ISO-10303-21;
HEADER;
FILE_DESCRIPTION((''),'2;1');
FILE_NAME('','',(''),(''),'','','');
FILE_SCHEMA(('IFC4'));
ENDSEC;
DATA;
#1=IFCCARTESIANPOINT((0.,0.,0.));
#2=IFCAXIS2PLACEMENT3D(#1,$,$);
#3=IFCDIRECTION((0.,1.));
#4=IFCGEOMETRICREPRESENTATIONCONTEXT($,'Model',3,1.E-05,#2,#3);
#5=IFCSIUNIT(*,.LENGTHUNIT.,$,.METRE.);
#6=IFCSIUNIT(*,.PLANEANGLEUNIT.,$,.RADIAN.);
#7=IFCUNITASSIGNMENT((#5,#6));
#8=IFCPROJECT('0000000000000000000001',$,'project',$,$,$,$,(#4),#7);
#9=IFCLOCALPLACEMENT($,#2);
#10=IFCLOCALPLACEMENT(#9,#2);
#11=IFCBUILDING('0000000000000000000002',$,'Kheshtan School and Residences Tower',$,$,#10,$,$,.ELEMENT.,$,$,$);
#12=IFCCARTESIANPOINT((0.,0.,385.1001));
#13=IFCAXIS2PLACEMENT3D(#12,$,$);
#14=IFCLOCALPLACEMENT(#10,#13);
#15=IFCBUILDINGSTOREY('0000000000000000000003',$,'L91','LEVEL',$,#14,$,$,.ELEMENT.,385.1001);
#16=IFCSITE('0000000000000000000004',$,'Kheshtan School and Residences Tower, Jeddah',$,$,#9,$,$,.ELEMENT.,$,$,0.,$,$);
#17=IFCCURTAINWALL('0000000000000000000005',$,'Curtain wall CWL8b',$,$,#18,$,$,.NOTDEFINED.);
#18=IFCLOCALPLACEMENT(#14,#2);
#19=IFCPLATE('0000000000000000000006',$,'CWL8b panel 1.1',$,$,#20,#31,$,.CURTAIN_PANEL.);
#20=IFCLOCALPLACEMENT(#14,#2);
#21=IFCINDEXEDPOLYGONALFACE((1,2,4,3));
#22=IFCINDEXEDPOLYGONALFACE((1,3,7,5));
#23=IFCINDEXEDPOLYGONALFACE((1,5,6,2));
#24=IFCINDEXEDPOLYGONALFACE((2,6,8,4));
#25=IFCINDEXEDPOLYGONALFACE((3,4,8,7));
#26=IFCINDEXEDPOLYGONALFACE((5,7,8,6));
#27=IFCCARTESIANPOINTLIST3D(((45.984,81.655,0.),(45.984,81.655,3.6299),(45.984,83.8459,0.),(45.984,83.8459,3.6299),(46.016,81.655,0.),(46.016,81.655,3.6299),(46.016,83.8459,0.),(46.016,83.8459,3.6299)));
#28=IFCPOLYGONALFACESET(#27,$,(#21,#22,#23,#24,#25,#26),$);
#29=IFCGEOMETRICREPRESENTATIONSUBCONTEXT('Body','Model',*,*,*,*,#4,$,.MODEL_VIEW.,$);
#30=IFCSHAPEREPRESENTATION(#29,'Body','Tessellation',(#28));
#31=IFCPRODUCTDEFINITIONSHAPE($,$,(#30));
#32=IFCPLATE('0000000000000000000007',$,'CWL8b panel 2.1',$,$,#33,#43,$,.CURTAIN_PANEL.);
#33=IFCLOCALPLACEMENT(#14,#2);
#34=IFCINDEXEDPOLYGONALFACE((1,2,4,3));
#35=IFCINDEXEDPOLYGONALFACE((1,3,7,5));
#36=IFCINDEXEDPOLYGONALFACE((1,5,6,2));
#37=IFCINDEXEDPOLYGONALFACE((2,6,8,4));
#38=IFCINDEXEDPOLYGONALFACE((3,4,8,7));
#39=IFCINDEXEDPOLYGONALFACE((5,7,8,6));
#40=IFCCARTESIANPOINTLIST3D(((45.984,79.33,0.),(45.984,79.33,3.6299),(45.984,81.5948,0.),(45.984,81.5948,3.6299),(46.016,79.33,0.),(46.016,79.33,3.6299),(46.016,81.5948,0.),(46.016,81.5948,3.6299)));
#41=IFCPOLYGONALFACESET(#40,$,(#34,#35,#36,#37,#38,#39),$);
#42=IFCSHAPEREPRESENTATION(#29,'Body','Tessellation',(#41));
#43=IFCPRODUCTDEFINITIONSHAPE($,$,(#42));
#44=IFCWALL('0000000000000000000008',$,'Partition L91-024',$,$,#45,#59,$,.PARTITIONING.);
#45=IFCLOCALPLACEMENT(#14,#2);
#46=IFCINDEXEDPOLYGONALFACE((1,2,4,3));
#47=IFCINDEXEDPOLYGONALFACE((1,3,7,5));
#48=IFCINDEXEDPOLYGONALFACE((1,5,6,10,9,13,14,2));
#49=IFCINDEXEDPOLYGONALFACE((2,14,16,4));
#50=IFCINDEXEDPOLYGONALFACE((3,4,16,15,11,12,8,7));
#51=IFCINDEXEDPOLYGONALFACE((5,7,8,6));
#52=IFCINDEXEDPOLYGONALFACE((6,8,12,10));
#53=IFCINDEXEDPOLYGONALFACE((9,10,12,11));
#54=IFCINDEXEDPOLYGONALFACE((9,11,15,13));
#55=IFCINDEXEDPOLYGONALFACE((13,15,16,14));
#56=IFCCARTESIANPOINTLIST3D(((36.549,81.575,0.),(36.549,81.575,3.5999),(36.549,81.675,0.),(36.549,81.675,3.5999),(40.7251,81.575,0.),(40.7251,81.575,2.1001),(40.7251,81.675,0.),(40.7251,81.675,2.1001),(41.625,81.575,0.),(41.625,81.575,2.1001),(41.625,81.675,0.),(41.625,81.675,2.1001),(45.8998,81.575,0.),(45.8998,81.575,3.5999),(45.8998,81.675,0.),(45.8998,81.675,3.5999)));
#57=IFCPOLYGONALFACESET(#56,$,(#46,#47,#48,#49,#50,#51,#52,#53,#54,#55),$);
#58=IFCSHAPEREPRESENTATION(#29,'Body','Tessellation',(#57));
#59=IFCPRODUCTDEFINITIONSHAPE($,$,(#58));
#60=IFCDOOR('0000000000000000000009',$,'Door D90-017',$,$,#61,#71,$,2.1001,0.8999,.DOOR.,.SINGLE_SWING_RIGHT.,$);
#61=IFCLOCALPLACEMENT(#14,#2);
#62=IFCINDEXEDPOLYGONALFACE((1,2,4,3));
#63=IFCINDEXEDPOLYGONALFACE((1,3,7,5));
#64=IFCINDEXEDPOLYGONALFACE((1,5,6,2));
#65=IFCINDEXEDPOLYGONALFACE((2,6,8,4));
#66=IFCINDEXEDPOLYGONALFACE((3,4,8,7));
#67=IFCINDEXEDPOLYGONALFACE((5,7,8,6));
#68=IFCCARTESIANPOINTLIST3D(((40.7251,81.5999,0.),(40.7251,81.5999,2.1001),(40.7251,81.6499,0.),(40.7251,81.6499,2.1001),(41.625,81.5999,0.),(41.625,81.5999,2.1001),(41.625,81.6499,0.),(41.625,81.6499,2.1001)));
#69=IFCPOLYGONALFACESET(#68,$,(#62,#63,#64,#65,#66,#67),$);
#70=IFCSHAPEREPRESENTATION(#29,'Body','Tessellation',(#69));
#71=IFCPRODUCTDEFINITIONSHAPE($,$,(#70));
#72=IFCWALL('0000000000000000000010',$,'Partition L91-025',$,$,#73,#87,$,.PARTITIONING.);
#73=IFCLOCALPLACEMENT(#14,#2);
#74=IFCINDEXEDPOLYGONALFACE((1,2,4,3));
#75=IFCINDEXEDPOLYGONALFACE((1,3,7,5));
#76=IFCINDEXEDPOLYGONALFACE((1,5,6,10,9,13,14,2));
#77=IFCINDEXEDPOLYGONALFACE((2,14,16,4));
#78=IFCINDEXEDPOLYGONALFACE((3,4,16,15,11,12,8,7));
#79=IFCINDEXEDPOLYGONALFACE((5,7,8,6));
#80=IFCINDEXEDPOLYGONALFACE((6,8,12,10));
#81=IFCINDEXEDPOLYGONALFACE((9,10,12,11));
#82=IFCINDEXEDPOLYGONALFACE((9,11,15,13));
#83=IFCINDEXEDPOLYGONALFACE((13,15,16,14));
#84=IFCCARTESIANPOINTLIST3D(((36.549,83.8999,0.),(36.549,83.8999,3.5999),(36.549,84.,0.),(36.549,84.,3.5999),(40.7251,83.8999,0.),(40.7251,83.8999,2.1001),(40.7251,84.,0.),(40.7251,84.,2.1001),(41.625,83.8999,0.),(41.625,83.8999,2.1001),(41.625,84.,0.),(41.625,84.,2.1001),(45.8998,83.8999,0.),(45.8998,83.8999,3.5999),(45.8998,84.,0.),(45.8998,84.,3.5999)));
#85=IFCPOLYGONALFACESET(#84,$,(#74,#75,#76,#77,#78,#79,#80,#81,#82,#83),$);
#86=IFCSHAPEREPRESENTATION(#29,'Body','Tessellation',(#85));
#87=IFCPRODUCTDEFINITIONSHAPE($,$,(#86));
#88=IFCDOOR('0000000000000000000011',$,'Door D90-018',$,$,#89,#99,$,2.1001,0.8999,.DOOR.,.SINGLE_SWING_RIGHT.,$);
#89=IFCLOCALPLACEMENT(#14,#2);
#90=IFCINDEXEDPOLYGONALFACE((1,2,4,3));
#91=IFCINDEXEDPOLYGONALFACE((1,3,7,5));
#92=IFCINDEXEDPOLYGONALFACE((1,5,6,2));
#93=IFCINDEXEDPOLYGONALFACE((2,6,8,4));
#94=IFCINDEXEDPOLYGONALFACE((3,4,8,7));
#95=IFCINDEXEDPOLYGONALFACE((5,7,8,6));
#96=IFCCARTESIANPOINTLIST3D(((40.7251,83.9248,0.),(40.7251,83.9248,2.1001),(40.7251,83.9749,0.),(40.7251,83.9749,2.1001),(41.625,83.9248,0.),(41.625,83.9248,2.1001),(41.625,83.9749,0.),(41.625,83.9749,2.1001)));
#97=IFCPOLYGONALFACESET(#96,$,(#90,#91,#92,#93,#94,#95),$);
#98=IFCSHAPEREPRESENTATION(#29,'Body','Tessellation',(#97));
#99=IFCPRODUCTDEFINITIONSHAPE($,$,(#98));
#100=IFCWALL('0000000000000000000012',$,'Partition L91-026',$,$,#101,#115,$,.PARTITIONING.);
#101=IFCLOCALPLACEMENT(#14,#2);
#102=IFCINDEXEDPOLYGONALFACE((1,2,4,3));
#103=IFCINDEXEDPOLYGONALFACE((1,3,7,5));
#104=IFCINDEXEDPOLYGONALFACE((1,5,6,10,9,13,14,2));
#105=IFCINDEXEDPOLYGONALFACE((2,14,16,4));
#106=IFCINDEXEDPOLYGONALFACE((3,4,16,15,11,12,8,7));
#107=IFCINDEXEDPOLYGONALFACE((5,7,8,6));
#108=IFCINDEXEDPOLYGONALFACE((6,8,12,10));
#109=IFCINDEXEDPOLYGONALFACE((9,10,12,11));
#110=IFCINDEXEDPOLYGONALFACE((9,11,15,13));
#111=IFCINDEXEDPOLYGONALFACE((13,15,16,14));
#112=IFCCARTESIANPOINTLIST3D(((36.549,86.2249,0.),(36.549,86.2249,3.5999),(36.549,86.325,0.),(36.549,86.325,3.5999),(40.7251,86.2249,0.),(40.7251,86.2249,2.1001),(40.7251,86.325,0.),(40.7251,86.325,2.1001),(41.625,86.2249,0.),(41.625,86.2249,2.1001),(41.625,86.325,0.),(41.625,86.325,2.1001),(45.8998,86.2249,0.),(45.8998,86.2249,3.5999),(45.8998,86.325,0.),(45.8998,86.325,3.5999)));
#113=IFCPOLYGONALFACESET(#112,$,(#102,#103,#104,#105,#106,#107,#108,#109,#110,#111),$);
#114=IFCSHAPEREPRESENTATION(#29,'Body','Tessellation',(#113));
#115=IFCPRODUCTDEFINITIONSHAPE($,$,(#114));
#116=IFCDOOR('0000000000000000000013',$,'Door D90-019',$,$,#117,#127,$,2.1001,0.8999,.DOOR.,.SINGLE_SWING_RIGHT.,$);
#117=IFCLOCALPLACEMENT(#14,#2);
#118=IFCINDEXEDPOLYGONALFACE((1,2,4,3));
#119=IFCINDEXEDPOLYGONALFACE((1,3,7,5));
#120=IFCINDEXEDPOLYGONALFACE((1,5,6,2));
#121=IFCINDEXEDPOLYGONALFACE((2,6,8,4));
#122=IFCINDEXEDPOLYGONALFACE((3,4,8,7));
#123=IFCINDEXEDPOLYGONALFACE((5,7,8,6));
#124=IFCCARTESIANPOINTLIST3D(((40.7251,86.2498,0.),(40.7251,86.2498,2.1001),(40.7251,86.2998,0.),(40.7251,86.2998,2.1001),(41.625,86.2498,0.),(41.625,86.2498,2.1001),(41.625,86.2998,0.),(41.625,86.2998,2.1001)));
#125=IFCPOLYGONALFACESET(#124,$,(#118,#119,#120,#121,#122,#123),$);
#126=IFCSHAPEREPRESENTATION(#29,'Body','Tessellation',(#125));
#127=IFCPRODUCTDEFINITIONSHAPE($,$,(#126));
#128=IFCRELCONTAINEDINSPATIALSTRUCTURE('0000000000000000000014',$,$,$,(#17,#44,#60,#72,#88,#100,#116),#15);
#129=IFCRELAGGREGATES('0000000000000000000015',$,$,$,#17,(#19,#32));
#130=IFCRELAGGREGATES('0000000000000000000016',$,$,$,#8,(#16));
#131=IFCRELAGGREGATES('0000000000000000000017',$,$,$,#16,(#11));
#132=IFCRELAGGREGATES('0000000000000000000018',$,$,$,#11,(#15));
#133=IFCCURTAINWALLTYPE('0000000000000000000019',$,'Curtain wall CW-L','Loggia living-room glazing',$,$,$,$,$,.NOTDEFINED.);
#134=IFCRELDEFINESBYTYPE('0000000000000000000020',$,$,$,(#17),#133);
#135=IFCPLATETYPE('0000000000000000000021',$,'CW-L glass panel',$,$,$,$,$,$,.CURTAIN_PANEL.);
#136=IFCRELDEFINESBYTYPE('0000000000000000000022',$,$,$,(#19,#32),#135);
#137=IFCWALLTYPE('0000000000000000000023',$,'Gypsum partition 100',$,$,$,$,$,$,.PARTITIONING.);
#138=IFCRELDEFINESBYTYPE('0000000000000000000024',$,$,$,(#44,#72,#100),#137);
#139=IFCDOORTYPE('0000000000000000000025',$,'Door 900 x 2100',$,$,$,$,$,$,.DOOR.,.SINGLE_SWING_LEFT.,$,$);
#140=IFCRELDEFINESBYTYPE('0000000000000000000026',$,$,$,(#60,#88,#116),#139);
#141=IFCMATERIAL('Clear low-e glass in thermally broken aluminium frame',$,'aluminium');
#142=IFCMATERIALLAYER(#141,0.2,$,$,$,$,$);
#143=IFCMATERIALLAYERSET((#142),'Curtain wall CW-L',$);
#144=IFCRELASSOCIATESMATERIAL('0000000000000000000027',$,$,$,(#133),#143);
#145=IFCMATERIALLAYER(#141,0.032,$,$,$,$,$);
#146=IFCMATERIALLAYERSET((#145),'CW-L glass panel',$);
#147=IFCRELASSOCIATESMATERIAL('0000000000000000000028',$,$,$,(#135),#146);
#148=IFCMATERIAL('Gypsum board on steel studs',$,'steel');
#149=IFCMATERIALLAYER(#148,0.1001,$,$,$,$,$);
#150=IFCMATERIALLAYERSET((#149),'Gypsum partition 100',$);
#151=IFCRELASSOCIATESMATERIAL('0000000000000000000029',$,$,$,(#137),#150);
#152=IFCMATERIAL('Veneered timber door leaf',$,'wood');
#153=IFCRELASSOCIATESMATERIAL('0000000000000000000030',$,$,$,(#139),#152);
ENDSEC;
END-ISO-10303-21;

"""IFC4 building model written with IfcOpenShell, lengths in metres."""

from ifc_helpers import new_model, si_unit, direction, frame, frame_2d, origin, origin_2d, place, context, subcontext, project, spatial, rectangle, extrude, source, transform, mapped, material, layer, layer_set, type_object, element, fill, aggregate, save


model = new_model("IFC4")

# Units and contexts
model_context = context("Model", 3, precision=1e-05, world=origin(), true_north=direction((0.0, 1.0)))
body_context = subcontext(model_context, "Body", "Model", "MODEL_VIEW")
ifc_project = project(units=[si_unit("LENGTHUNIT", "METRE"), si_unit("PLANEANGLEUNIT", "RADIAN")], contexts=[model_context])

# Site, building, storey
site_placement = place(None, origin())
site = spatial("IfcSite", under=ifc_project, at=site_placement, Name="Kheshtan School and Residences Tower, Jeddah", CompositionType="ELEMENT", RefElevation=0.0)
building_placement = place(site_placement, origin())
building = spatial("IfcBuilding", under=site, at=building_placement, Name="Kheshtan School and Residences Tower", CompositionType="ELEMENT")
storey_placement = place(building_placement, frame((0.0, 0.0, 385.1001)))
storey = spatial("IfcBuildingStorey", under=building, at=storey_placement, Name="L91", Description="LEVEL", CompositionType="ELEMENT", Elevation=385.1001)

# Shared definitions
ifc_material_1 = material(Name="Clear low-e glass in thermally broken aluminium frame", Category="aluminium")
ifc_layer_1 = layer(ifc_material_1, 0.2)
ifc_layer_set_1 = layer_set([ifc_layer_1], Name="Curtain wall CW-L")
curtain_wall_type = type_object("IfcCurtainWallType", Name="Curtain wall CW-L", Description="Loggia living-room glazing", PredefinedType="NOTDEFINED", material=ifc_layer_set_1)

# Curtain wall
curtain_wall_1_placement = place(storey_placement, origin())
curtain_wall_1 = element("IfcCurtainWall", 1, at=curtain_wall_1_placement, inside=storey, type_object=curtain_wall_type, Name="Curtain wall CWL8b", PredefinedType="NOTDEFINED")

# Plates
ifc_layer_2 = layer(ifc_material_1, 0.032)
ifc_layer_set_2 = layer_set([ifc_layer_2], Name="CW-L glass panel")
plate_type = type_object("IfcPlateType", Name="CW-L glass panel", PredefinedType="CURTAIN_PANEL", material=ifc_layer_set_2)
plate_1_placement = place(storey_placement, frame((46.0, 82.7505, 0.0), z_axis=(0.0, 0.0, 1.0), x_axis=(0.0, -1.0, 0.0)))
plate_1 = element("IfcPlate", 2, at=plate_1_placement, type_object=plate_type, Name="CWL8b panel 1.1", PredefinedType="CURTAIN_PANEL", context=body_context, shape_type="SweptSolid", body=[
    extrude(rectangle(XDim=2.1909, YDim=0.032, at=origin_2d()), origin(), (0.0, 0.0, 1.0), 3.6299),
])
plate_2_placement = place(storey_placement, frame((46.0, 80.4624, 0.0), z_axis=(0.0, 0.0, 1.0), x_axis=(0.0, -1.0, 0.0)))
plate_2 = element("IfcPlate", 3, at=plate_2_placement, type_object=plate_type, Name="CWL8b panel 2.1", PredefinedType="CURTAIN_PANEL", context=body_context, shape_type="SweptSolid", body=[
    extrude(rectangle(XDim=2.2649, YDim=0.032, at=origin_2d()), origin(), (0.0, 0.0, 1.0), 3.6299),
])
aggregate(curtain_wall_1, [plate_1, plate_2])

# Walls, openings, doors
ifc_material_2 = material(Name="Gypsum board on steel studs", Category="steel")
ifc_layer_3 = layer(ifc_material_2, 0.1001)
ifc_layer_set_3 = layer_set([ifc_layer_3], Name="Gypsum partition 100")
wall_type_1 = type_object("IfcWallType", Name="Gypsum partition 100", PredefinedType="PARTITIONING", material=ifc_layer_set_3)
wall_1_placement = place(storey_placement, frame((36.5491, 81.625, 0.0), z_axis=(0.0, 0.0, 1.0), x_axis=(1.0, 0.0, 0.0)))
wall_1 = element("IfcWall", 4, at=wall_1_placement, inside=storey, type_object=wall_type_1, Name="Partition L91-024", PredefinedType="PARTITIONING", context=body_context, shape_type="SweptSolid", body=[
    extrude(rectangle(XDim=9.3508, YDim=0.1001, at=frame_2d((4.6753, 0.0))), origin(), (0.0, 0.0, 1.0), 3.5999),
])
opening_1_placement = place(wall_1_placement, frame((4.176, 0.0, 0.0)))
opening_1 = element("IfcOpeningElement", 5, at=opening_1_placement, cuts=wall_1, PredefinedType="OPENING", context=body_context, shape_type="SweptSolid", body=[
    extrude(rectangle(XDim=0.8999, YDim=2.1001, at=frame_2d((0.45, 1.05))), frame((0.0, 0.0601, 0.0), z_axis=(0.0, -1.0, 0.0), x_axis=(1.0, 0.0, 0.0)), (0.0, 0.0, 1.0), 0.1201),
])
ifc_material_3 = material(Name="Veneered timber door leaf", Category="wood")
door_type_1 = type_object("IfcDoorType", Name="Door 900 x 2100", OperationType="SINGLE_SWING_LEFT", PredefinedType="DOOR", material=ifc_material_3)
shared_shape_1 = source(origin(), body_context, "Body", "SweptSolid", [
    extrude(rectangle(XDim=0.8999, YDim=2.1001, at=frame_2d((0.45, 1.05))), frame((0.0, 0.0249, 0.0), z_axis=(0.0, -1.0, 0.0), x_axis=(1.0, 0.0, 0.0)), (0.0, 0.0, 1.0), 0.05),
])
door_1_placement = place(opening_1_placement, origin())
door_1 = element("IfcDoor", 6, at=door_1_placement, inside=storey, type_object=door_type_1, Name="Door D90-017", OperationType="SINGLE_SWING_RIGHT", OverallHeight=2.1001, OverallWidth=0.8999, PredefinedType="DOOR", context=body_context, shape_type="MappedRepresentation", body=[
    mapped(shared_shape_1, transform((0.0, 0.0, 0.0), x_axis=(1.0, 0.0, 0.0), y_axis=(0.0, 1.0, 0.0), z_axis=(0.0, 0.0, 1.0), scale=1.0)),
])
fill(opening_1, door_1)
wall_2_placement = place(storey_placement, frame((36.5491, 83.95, 0.0), z_axis=(0.0, 0.0, 1.0), x_axis=(1.0, 0.0, 0.0)))
wall_2 = element("IfcWall", 7, at=wall_2_placement, inside=storey, type_object=wall_type_1, Name="Partition L91-025", PredefinedType="PARTITIONING", context=body_context, shape_type="SweptSolid", body=[
    extrude(rectangle(XDim=9.3508, YDim=0.1001, at=frame_2d((4.6753, 0.0))), origin(), (0.0, 0.0, 1.0), 3.5999),
])
opening_2_placement = place(wall_2_placement, frame((4.176, 0.0, 0.0)))
opening_2 = element("IfcOpeningElement", 8, at=opening_2_placement, cuts=wall_2, PredefinedType="OPENING", context=body_context, shape_type="SweptSolid", body=[
    extrude(rectangle(XDim=0.8999, YDim=2.1001, at=frame_2d((0.45, 1.05))), frame((0.0, 0.0601, 0.0), z_axis=(0.0, -1.0, 0.0), x_axis=(1.0, 0.0, 0.0)), (0.0, 0.0, 1.0), 0.1201),
])
door_2_placement = place(opening_2_placement, origin())
door_2 = element("IfcDoor", 9, at=door_2_placement, inside=storey, type_object=door_type_1, Name="Door D90-018", OperationType="SINGLE_SWING_RIGHT", OverallHeight=2.1001, OverallWidth=0.8999, PredefinedType="DOOR", context=body_context, shape_type="MappedRepresentation", body=[
    mapped(shared_shape_1, transform((0.0, 0.0, 0.0), x_axis=(1.0, 0.0, 0.0), y_axis=(0.0, 1.0, 0.0), z_axis=(0.0, 0.0, 1.0), scale=1.0)),
])
fill(opening_2, door_2)
wall_3_placement = place(storey_placement, frame((36.5491, 86.2749, 0.0), z_axis=(0.0, 0.0, 1.0), x_axis=(1.0, 0.0, 0.0)))
wall_3 = element("IfcWall", 10, at=wall_3_placement, inside=storey, type_object=wall_type_1, Name="Partition L91-026", PredefinedType="PARTITIONING", context=body_context, shape_type="SweptSolid", body=[
    extrude(rectangle(XDim=9.3508, YDim=0.1001, at=frame_2d((4.6753, 0.0))), origin(), (0.0, 0.0, 1.0), 3.5999),
])
opening_3_placement = place(wall_3_placement, frame((4.176, 0.0, 0.0)))
opening_3 = element("IfcOpeningElement", 11, at=opening_3_placement, cuts=wall_3, PredefinedType="OPENING", context=body_context, shape_type="SweptSolid", body=[
    extrude(rectangle(XDim=0.8999, YDim=2.1001, at=frame_2d((0.45, 1.05))), frame((0.0, 0.0601, 0.0), z_axis=(0.0, -1.0, 0.0), x_axis=(1.0, 0.0, 0.0)), (0.0, 0.0, 1.0), 0.1201),
])
door_3_placement = place(opening_3_placement, origin())
door_3 = element("IfcDoor", 12, at=door_3_placement, inside=storey, type_object=door_type_1, Name="Door D90-019", OperationType="SINGLE_SWING_RIGHT", OverallHeight=2.1001, OverallWidth=0.8999, PredefinedType="DOOR", context=body_context, shape_type="MappedRepresentation", body=[
    mapped(shared_shape_1, transform((0.0, 0.0, 0.0), x_axis=(1.0, 0.0, 0.0), y_axis=(0.0, 1.0, 0.0), z_axis=(0.0, 0.0, 1.0), scale=1.0)),
])
fill(opening_3, door_3)

save(model, "model.ifc")
